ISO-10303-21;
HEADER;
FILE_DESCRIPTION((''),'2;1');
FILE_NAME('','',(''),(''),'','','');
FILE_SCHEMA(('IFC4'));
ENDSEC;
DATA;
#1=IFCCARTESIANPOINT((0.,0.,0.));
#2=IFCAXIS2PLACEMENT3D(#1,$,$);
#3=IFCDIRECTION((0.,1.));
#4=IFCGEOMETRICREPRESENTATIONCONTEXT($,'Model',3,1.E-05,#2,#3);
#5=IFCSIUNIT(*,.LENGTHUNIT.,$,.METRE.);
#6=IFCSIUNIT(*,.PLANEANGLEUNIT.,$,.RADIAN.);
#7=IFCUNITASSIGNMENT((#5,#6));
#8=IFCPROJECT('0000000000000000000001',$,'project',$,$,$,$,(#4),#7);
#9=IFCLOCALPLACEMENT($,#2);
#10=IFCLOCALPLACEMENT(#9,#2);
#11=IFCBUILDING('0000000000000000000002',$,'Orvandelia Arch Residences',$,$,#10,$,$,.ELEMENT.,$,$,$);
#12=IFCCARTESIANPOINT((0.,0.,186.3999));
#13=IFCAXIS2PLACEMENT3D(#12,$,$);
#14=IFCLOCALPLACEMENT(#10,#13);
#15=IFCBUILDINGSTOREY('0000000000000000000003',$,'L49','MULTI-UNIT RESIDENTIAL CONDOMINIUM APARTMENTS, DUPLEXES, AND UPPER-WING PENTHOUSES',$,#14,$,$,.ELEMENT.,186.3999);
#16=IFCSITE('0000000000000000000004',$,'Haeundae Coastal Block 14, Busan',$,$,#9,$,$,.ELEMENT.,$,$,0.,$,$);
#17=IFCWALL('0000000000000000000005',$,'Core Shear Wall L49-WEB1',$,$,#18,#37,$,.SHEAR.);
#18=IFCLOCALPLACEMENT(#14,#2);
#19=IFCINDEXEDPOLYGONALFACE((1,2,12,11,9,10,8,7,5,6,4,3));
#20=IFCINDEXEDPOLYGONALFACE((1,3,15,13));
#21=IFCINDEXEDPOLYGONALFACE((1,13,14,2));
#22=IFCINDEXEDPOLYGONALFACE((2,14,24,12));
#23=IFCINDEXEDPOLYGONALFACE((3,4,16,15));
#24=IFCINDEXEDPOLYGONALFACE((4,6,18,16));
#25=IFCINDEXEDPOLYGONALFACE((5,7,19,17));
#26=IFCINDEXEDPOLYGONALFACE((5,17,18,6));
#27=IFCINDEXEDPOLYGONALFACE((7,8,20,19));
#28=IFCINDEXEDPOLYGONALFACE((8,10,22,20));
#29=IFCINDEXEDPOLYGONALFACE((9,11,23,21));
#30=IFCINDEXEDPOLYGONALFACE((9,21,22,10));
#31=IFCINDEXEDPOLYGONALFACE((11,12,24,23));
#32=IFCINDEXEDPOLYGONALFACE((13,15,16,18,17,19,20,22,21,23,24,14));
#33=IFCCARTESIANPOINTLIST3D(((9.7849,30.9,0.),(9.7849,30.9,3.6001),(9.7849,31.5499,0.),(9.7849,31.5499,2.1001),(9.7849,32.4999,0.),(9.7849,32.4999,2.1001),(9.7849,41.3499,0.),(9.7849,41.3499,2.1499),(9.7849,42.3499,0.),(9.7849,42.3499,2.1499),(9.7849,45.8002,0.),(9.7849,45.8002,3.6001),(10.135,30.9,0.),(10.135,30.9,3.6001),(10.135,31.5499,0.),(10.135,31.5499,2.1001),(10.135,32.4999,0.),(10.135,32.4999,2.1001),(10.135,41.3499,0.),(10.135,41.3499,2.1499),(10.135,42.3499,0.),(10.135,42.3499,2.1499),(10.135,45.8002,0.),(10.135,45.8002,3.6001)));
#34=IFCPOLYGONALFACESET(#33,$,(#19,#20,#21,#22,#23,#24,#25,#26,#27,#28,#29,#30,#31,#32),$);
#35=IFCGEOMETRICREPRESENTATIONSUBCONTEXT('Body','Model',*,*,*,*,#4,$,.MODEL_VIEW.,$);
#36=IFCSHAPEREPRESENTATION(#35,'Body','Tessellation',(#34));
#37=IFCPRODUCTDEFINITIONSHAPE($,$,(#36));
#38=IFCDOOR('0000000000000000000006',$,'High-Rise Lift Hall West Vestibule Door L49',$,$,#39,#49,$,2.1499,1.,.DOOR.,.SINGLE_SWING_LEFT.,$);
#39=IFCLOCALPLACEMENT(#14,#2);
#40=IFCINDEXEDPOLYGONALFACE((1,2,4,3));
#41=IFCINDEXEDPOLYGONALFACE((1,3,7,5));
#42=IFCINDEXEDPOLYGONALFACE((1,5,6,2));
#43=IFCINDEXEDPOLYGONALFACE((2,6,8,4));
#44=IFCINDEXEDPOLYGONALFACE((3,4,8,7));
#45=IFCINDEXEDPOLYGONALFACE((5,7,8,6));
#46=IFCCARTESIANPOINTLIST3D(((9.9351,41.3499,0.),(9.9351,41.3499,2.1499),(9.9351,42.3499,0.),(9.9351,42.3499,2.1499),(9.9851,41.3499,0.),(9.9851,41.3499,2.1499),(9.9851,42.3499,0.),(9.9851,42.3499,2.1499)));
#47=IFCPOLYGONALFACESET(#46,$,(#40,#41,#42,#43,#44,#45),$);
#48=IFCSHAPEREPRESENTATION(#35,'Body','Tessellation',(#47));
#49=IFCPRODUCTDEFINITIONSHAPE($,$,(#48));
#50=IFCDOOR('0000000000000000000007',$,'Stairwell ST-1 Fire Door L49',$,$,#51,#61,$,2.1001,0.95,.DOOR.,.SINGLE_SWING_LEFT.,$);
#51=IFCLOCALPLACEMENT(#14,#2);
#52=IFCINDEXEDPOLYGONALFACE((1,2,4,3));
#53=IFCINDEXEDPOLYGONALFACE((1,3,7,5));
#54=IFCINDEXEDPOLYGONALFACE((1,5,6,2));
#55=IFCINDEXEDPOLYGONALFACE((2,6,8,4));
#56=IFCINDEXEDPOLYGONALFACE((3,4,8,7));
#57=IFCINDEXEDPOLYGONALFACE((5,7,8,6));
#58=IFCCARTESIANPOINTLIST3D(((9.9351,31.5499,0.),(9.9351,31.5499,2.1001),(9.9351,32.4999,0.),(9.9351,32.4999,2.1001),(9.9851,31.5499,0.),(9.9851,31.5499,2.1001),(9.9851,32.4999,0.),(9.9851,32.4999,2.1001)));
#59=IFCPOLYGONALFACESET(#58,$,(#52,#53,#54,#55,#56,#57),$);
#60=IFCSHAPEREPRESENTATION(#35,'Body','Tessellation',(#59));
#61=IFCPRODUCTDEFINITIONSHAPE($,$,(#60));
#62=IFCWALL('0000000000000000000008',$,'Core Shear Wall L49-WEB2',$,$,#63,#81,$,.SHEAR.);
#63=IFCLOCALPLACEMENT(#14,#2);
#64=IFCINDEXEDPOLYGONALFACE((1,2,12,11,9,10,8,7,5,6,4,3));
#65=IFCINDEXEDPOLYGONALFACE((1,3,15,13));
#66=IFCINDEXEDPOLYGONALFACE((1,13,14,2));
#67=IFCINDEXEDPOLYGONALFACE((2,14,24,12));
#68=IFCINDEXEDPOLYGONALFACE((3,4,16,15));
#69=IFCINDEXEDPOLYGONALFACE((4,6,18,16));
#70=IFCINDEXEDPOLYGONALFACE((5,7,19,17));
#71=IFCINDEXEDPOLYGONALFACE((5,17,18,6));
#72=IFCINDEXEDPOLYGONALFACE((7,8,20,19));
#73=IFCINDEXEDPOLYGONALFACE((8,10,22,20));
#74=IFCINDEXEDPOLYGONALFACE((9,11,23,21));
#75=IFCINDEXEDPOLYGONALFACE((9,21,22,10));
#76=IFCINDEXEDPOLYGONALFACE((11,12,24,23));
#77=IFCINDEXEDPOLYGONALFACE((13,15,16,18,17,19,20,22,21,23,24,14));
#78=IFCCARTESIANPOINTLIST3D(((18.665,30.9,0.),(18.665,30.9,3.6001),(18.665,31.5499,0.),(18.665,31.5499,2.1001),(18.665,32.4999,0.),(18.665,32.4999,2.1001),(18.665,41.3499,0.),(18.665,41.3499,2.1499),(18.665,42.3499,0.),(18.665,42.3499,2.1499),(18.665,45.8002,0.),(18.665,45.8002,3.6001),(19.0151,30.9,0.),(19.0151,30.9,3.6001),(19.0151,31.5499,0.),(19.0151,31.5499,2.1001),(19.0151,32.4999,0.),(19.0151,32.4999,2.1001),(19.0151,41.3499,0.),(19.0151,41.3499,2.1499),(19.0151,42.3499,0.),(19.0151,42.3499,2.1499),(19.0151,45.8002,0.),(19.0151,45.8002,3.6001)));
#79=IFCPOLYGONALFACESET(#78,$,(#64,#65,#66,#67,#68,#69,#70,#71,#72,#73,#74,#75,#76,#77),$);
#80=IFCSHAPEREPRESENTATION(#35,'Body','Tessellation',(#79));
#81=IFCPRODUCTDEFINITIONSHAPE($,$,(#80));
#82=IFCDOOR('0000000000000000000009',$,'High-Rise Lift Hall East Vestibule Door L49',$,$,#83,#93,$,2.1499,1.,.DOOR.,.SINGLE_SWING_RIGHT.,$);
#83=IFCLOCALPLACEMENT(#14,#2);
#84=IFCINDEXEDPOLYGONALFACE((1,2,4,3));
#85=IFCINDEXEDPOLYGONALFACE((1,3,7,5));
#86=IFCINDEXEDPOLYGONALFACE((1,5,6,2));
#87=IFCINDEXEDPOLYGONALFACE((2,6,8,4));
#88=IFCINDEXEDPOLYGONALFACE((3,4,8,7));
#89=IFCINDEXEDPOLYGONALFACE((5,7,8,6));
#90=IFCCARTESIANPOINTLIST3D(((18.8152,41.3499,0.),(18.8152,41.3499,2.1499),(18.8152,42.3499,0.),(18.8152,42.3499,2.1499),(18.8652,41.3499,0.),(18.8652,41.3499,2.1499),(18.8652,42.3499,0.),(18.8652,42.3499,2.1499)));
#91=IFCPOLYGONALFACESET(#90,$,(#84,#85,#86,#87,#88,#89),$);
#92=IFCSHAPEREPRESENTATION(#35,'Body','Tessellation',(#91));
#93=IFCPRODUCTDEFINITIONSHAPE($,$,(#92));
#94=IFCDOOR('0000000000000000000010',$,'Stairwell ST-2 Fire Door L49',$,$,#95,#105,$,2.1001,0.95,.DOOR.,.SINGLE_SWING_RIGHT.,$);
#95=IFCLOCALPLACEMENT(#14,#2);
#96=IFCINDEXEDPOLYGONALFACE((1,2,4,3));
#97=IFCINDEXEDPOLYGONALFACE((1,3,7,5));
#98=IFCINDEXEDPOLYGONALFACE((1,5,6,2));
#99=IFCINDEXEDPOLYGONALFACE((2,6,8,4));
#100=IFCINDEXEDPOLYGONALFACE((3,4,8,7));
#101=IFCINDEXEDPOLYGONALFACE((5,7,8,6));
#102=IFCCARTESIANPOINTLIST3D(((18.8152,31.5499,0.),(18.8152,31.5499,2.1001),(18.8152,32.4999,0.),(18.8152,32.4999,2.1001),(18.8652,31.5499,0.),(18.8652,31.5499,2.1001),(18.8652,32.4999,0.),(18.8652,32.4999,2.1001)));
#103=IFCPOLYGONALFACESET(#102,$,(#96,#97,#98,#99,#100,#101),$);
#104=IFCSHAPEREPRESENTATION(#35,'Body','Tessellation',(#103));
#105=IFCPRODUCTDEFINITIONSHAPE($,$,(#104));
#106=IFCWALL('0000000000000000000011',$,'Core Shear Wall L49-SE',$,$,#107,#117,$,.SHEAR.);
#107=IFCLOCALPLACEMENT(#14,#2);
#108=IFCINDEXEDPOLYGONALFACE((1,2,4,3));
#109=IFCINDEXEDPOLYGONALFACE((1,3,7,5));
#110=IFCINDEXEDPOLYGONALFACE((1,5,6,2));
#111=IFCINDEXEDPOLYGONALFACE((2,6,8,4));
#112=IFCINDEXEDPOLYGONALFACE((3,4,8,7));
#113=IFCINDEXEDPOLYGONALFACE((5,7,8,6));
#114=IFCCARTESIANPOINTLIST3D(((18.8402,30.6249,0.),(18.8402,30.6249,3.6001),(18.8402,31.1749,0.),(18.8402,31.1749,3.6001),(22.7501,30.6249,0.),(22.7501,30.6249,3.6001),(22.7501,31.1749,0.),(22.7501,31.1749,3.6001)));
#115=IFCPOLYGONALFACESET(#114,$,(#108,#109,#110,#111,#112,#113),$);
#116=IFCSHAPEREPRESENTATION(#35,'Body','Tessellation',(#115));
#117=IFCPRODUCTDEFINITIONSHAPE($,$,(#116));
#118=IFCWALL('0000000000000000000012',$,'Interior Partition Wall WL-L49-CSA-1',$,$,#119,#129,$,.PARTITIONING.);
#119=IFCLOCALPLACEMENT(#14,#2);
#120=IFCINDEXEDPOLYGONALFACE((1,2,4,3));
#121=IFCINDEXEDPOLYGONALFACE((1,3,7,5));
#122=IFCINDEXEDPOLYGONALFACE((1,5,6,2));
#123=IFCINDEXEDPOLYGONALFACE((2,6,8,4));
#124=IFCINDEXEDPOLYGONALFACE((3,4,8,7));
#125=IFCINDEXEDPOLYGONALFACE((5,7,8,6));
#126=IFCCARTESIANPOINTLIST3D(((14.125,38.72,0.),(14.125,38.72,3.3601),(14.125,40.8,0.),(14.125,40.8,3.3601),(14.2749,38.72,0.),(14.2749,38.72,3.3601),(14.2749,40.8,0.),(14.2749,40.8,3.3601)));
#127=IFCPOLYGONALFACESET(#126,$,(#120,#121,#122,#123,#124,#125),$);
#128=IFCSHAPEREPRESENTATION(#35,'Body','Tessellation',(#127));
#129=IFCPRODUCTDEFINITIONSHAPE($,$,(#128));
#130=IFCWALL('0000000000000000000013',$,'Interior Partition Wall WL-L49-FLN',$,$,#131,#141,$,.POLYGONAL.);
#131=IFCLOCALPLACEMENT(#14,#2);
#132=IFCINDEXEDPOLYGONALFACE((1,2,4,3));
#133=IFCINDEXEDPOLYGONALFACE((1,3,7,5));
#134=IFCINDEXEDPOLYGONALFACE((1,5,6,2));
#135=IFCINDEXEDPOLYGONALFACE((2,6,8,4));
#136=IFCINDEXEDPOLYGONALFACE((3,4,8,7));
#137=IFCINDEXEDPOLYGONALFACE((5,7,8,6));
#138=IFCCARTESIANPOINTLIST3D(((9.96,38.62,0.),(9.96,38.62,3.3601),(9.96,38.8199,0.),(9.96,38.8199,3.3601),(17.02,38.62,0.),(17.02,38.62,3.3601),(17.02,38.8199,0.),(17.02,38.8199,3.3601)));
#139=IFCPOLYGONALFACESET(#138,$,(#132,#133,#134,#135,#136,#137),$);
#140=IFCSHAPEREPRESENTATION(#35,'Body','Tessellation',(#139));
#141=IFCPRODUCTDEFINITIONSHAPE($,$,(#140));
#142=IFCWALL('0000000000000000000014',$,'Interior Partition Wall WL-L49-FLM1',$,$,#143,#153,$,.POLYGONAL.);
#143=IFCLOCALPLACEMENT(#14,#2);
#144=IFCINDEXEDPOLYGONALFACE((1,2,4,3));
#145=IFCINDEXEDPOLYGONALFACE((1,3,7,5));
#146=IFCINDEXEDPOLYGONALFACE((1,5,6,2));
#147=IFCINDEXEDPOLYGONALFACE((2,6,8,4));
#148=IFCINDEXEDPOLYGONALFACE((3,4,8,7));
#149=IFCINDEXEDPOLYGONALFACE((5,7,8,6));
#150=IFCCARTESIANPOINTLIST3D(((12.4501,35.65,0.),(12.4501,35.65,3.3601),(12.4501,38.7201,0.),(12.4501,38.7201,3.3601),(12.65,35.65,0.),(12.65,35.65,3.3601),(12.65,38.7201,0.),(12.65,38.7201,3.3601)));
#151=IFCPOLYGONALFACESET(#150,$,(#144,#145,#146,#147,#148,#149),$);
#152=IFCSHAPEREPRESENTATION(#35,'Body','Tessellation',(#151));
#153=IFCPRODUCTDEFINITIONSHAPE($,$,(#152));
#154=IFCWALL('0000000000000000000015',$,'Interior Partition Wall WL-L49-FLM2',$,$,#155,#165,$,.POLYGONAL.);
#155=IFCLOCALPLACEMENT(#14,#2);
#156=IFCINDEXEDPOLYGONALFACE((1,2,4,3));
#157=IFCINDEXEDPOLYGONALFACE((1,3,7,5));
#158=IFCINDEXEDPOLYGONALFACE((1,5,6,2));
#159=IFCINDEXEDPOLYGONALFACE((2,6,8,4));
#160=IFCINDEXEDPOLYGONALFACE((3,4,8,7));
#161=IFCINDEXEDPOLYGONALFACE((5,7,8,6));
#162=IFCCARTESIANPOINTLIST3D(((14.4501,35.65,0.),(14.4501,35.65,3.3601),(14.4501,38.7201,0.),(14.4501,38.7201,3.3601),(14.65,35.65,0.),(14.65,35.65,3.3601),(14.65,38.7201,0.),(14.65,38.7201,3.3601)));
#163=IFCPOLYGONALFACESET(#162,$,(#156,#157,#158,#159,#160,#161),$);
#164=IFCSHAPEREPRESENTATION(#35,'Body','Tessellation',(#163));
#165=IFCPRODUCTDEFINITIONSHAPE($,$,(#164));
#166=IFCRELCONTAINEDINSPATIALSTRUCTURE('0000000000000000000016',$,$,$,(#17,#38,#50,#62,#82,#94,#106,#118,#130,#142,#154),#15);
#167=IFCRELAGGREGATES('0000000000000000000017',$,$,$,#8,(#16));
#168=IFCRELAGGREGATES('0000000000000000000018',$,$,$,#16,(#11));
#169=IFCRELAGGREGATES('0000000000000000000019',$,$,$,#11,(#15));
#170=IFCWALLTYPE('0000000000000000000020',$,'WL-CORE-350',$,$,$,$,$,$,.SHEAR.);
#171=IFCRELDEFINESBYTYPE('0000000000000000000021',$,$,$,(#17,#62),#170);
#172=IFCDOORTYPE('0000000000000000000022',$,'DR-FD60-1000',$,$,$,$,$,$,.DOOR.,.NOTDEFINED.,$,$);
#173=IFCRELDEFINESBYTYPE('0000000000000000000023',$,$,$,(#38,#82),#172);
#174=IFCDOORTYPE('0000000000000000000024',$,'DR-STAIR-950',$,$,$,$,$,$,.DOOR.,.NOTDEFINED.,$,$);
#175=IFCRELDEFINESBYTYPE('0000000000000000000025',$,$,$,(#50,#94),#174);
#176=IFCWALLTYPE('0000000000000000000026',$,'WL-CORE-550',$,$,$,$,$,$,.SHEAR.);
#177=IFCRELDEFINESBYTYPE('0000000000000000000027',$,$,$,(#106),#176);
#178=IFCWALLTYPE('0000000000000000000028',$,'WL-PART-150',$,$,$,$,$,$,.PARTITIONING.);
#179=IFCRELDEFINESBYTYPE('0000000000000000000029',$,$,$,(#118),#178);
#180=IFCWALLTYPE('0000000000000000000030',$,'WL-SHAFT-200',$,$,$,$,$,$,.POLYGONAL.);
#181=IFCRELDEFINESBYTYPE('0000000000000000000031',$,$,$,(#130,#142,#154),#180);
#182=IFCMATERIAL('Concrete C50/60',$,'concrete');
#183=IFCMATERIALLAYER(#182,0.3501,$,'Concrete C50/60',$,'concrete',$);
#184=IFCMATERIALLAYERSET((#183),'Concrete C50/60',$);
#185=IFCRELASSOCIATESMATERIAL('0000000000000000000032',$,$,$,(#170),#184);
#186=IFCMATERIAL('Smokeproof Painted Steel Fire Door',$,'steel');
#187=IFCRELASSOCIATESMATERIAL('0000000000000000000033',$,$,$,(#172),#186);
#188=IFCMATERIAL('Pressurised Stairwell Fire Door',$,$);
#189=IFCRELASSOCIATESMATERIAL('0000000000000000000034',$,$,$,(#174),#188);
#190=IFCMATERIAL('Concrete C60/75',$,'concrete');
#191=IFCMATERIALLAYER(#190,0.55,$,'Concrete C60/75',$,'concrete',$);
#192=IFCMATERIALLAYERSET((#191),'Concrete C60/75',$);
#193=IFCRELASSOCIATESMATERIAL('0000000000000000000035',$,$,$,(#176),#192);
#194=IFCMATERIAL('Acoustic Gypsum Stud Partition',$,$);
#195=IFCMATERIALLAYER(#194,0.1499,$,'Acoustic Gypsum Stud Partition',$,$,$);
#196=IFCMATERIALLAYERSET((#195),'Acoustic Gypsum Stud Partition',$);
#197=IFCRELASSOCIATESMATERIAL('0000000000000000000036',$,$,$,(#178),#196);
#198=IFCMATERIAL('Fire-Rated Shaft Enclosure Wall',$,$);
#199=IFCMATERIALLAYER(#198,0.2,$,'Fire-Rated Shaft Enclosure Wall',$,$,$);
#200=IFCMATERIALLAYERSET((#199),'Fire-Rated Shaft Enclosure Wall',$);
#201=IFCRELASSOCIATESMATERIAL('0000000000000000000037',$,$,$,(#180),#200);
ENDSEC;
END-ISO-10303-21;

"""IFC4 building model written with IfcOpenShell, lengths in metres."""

from ifc_helpers import new_model, si_unit, direction, frame, frame_2d, origin, place, context, subcontext, project, spatial, rectangle, extrude, material, layer, layer_set, type_object, element, fill, save


model = new_model("IFC4")

# Units and contexts
model_context = context("Model", 3, precision=1e-05, world=origin(), true_north=direction((0.0, 1.0)))
body_context = subcontext(model_context, "Body", "Model", "MODEL_VIEW")
ifc_project = project(units=[si_unit("LENGTHUNIT", "METRE"), si_unit("PLANEANGLEUNIT", "RADIAN")], contexts=[model_context])

# Site, building, storey
site_placement = place(None, origin())
site = spatial("IfcSite", under=ifc_project, at=site_placement, Name="Haeundae Coastal Block 14, Busan", CompositionType="ELEMENT", RefElevation=0.0)
building_placement = place(site_placement, origin())
building = spatial("IfcBuilding", under=site, at=building_placement, Name="Orvandelia Arch Residences", CompositionType="ELEMENT")
storey_placement = place(building_placement, frame((0.0, 0.0, 186.3999)))
storey = spatial("IfcBuildingStorey", under=building, at=storey_placement, Name="L49", Description="MULTI-UNIT RESIDENTIAL CONDOMINIUM APARTMENTS, DUPLEXES, AND UPPER-WING PENTHOUSES", CompositionType="ELEMENT", Elevation=186.3999)

# Walls, openings, doors
ifc_material_1 = material(Name="Concrete C50/60", Category="concrete")
ifc_layer_1 = layer(ifc_material_1, 0.3501, Name="Concrete C50/60", Category="concrete")
ifc_layer_set_1 = layer_set([ifc_layer_1], Name="Concrete C50/60")
wall_type_1 = type_object("IfcWallType", Name="WL-CORE-350", PredefinedType="SHEAR", material=ifc_layer_set_1)
wall_1_placement = place(storey_placement, frame((9.96, 30.8999, 0.0), z_axis=(0.0, 0.0, 1.0), x_axis=(0.0, 1.0, 0.0)))
wall_1 = element("IfcWall", 1, at=wall_1_placement, inside=storey, type_object=wall_type_1, Name="Core Shear Wall L49-WEB1", PredefinedType="SHEAR", context=body_context, shape_type="SweptSolid", body=[
    extrude(rectangle(XDim=14.9001, YDim=0.3501, at=frame_2d((7.4502, 0.0))), origin(), (0.0, 0.0, 1.0), 3.6001),
])
opening_1_placement = place(wall_1_placement, frame((0.6499, 0.0, 0.0)))
opening_1 = element("IfcOpeningElement", 2, at=opening_1_placement, cuts=wall_1, PredefinedType="OPENING", context=body_context, shape_type="SweptSolid", body=[
    extrude(rectangle(XDim=0.95, YDim=2.1001, at=frame_2d((0.4751, 1.05))), frame((0.0, 0.1851, 0.0), z_axis=(0.0, -1.0, 0.0), x_axis=(1.0, 0.0, 0.0)), (0.0, 0.0, 1.0), 0.3701),
])
opening_2_placement = place(wall_1_placement, frame((10.45, 0.0, 0.0)))
opening_2 = element("IfcOpeningElement", 3, at=opening_2_placement, cuts=wall_1, PredefinedType="OPENING", context=body_context, shape_type="SweptSolid", body=[
    extrude(rectangle(XDim=1.0, YDim=2.1499, at=frame_2d((0.5, 1.075))), frame((0.0, 0.1851, 0.0), z_axis=(0.0, -1.0, 0.0), x_axis=(1.0, 0.0, 0.0)), (0.0, 0.0, 1.0), 0.3701),
])
ifc_material_2 = material(Name="Smokeproof Painted Steel Fire Door", Category="steel")
door_type_1 = type_object("IfcDoorType", Name="DR-FD60-1000", OperationType="NOTDEFINED", PredefinedType="DOOR", material=ifc_material_2)
door_1_placement = place(opening_2_placement, origin())
door_1 = element("IfcDoor", 4, at=door_1_placement, inside=storey, type_object=door_type_1, Name="High-Rise Lift Hall West Vestibule Door L49", OperationType="SINGLE_SWING_LEFT", OverallHeight=2.1499, OverallWidth=1.0, PredefinedType="DOOR", context=body_context, shape_type="SweptSolid", body=[
    extrude(rectangle(XDim=1.0, YDim=2.1499, at=frame_2d((0.5, 1.075))), frame((0.0, 0.0249, 0.0), z_axis=(0.0, -1.0, 0.0), x_axis=(1.0, 0.0, 0.0)), (0.0, 0.0, 1.0), 0.05),
])
fill(opening_2, door_1)
ifc_material_3 = material(Name="Pressurised Stairwell Fire Door")
door_type_2 = type_object("IfcDoorType", Name="DR-STAIR-950", OperationType="NOTDEFINED", PredefinedType="DOOR", material=ifc_material_3)
door_2_placement = place(opening_1_placement, origin())
door_2 = element("IfcDoor", 5, at=door_2_placement, inside=storey, type_object=door_type_2, Name="Stairwell ST-1 Fire Door L49", OperationType="SINGLE_SWING_LEFT", OverallHeight=2.1001, OverallWidth=0.95, PredefinedType="DOOR", context=body_context, shape_type="SweptSolid", body=[
    extrude(rectangle(XDim=0.95, YDim=2.1001, at=frame_2d((0.4751, 1.05))), frame((0.0, 0.0249, 0.0), z_axis=(0.0, -1.0, 0.0), x_axis=(1.0, 0.0, 0.0)), (0.0, 0.0, 1.0), 0.05),
])
fill(opening_1, door_2)
wall_2_placement = place(storey_placement, frame((18.8401, 30.8999, 0.0), z_axis=(0.0, 0.0, 1.0), x_axis=(0.0, 1.0, 0.0)))
wall_2 = element("IfcWall", 6, at=wall_2_placement, inside=storey, type_object=wall_type_1, Name="Core Shear Wall L49-WEB2", PredefinedType="SHEAR", context=body_context, shape_type="SweptSolid", body=[
    extrude(rectangle(XDim=14.9001, YDim=0.3501, at=frame_2d((7.4502, 0.0))), origin(), (0.0, 0.0, 1.0), 3.6001),
])
opening_3_placement = place(wall_2_placement, frame((0.6499, 0.0, 0.0)))
opening_3 = element("IfcOpeningElement", 7, at=opening_3_placement, cuts=wall_2, PredefinedType="OPENING", context=body_context, shape_type="SweptSolid", body=[
    extrude(rectangle(XDim=0.95, YDim=2.1001, at=frame_2d((0.4751, 1.05))), frame((0.0, 0.1851, 0.0), z_axis=(0.0, -1.0, 0.0), x_axis=(1.0, 0.0, 0.0)), (0.0, 0.0, 1.0), 0.3701),
])
opening_4_placement = place(wall_2_placement, frame((10.45, 0.0, 0.0)))
opening_4 = element("IfcOpeningElement", 8, at=opening_4_placement, cuts=wall_2, PredefinedType="OPENING", context=body_context, shape_type="SweptSolid", body=[
    extrude(rectangle(XDim=1.0, YDim=2.1499, at=frame_2d((0.5, 1.075))), frame((0.0, 0.1851, 0.0), z_axis=(0.0, -1.0, 0.0), x_axis=(1.0, 0.0, 0.0)), (0.0, 0.0, 1.0), 0.3701),
])
door_3_placement = place(opening_4_placement, origin())
door_3 = element("IfcDoor", 9, at=door_3_placement, inside=storey, type_object=door_type_1, Name="High-Rise Lift Hall East Vestibule Door L49", OperationType="SINGLE_SWING_RIGHT", OverallHeight=2.1499, OverallWidth=1.0, PredefinedType="DOOR", context=body_context, shape_type="SweptSolid", body=[
    extrude(rectangle(XDim=1.0, YDim=2.1499, at=frame_2d((0.5, 1.075))), frame((0.0, 0.0249, 0.0), z_axis=(0.0, -1.0, 0.0), x_axis=(1.0, 0.0, 0.0)), (0.0, 0.0, 1.0), 0.05),
])
fill(opening_4, door_3)
door_4_placement = place(opening_3_placement, origin())
door_4 = element("IfcDoor", 10, at=door_4_placement, inside=storey, type_object=door_type_2, Name="Stairwell ST-2 Fire Door L49", OperationType="SINGLE_SWING_RIGHT", OverallHeight=2.1001, OverallWidth=0.95, PredefinedType="DOOR", context=body_context, shape_type="SweptSolid", body=[
    extrude(rectangle(XDim=0.95, YDim=2.1001, at=frame_2d((0.4751, 1.05))), frame((0.0, 0.0249, 0.0), z_axis=(0.0, -1.0, 0.0), x_axis=(1.0, 0.0, 0.0)), (0.0, 0.0, 1.0), 0.05),
])
fill(opening_3, door_4)

# Shared definitions
ifc_material_4 = material(Name="Concrete C60/75", Category="concrete")
ifc_layer_2 = layer(ifc_material_4, 0.55, Name="Concrete C60/75", Category="concrete")
ifc_layer_set_2 = layer_set([ifc_layer_2], Name="Concrete C60/75")
wall_type_2 = type_object("IfcWallType", Name="WL-CORE-550", PredefinedType="SHEAR", material=ifc_layer_set_2)

# Walls
wall_3_placement = place(storey_placement, frame((18.8401, 30.8999, 0.0), z_axis=(0.0, 0.0, 1.0), x_axis=(1.0, 0.0, 0.0)))
element("IfcWall", 11, at=wall_3_placement, inside=storey, type_object=wall_type_2, Name="Core Shear Wall L49-SE", PredefinedType="SHEAR", context=body_context, shape_type="SweptSolid", body=[
    extrude(rectangle(XDim=3.9099, YDim=0.55, at=frame_2d((1.9551, 0.0))), origin(), (0.0, 0.0, 1.0), 3.6001),
])
ifc_material_5 = material(Name="Acoustic Gypsum Stud Partition")
ifc_layer_3 = layer(ifc_material_5, 0.1499, Name="Acoustic Gypsum Stud Partition")
ifc_layer_set_3 = layer_set([ifc_layer_3], Name="Acoustic Gypsum Stud Partition")
wall_type_3 = type_object("IfcWallType", Name="WL-PART-150", PredefinedType="PARTITIONING", material=ifc_layer_set_3)
wall_4_placement = place(storey_placement, frame((14.2, 38.72, 0.0), z_axis=(0.0, 0.0, 1.0), x_axis=(0.0, 1.0, 0.0)))
element("IfcWall", 12, at=wall_4_placement, inside=storey, type_object=wall_type_3, Name="Interior Partition Wall WL-L49-CSA-1", PredefinedType="PARTITIONING", context=body_context, shape_type="SweptSolid", body=[
    extrude(rectangle(XDim=2.0801, YDim=0.1499, at=frame_2d((1.04, 0.0))), origin(), (0.0, 0.0, 1.0), 3.3601),
])
ifc_material_6 = material(Name="Fire-Rated Shaft Enclosure Wall")
ifc_layer_4 = layer(ifc_material_6, 0.2, Name="Fire-Rated Shaft Enclosure Wall")
ifc_layer_set_4 = layer_set([ifc_layer_4], Name="Fire-Rated Shaft Enclosure Wall")
wall_type_4 = type_object("IfcWallType", Name="WL-SHAFT-200", PredefinedType="POLYGONAL", material=ifc_layer_set_4)
wall_5_placement = place(storey_placement, frame((9.96, 38.72, 0.0), z_axis=(0.0, 0.0, 1.0), x_axis=(1.0, 0.0, 0.0)))
element("IfcWall", 13, at=wall_5_placement, inside=storey, type_object=wall_type_4, Name="Interior Partition Wall WL-L49-FLN", PredefinedType="POLYGONAL", context=body_context, shape_type="SweptSolid", body=[
    extrude(rectangle(XDim=7.0601, YDim=0.2, at=frame_2d((3.53, 0.0))), origin(), (0.0, 0.0, 1.0), 3.3601),
])
for number, where, z_axis, x_axis, name in (
    (14, (12.55, 35.6499, 0.0), (0.0, 0.0, 1.0), (0.0, 1.0, 0.0), "Interior Partition Wall WL-L49-FLM1"),
    (15, (14.55, 35.6499, 0.0), (0.0, 0.0, 1.0), (0.0, 1.0, 0.0), "Interior Partition Wall WL-L49-FLM2"),
):
    element("IfcWall", number, at=place(storey_placement, frame(where, z_axis=z_axis, x_axis=x_axis)), inside=storey, type_object=wall_type_4, Name=name, PredefinedType="POLYGONAL", context=body_context, shape_type="SweptSolid", body=[
        extrude(rectangle(XDim=3.0701, YDim=0.2, at=frame_2d((1.5352, 0.0))), origin(), (0.0, 0.0, 1.0), 3.3601),
    ])

save(model, "model.ifc")
